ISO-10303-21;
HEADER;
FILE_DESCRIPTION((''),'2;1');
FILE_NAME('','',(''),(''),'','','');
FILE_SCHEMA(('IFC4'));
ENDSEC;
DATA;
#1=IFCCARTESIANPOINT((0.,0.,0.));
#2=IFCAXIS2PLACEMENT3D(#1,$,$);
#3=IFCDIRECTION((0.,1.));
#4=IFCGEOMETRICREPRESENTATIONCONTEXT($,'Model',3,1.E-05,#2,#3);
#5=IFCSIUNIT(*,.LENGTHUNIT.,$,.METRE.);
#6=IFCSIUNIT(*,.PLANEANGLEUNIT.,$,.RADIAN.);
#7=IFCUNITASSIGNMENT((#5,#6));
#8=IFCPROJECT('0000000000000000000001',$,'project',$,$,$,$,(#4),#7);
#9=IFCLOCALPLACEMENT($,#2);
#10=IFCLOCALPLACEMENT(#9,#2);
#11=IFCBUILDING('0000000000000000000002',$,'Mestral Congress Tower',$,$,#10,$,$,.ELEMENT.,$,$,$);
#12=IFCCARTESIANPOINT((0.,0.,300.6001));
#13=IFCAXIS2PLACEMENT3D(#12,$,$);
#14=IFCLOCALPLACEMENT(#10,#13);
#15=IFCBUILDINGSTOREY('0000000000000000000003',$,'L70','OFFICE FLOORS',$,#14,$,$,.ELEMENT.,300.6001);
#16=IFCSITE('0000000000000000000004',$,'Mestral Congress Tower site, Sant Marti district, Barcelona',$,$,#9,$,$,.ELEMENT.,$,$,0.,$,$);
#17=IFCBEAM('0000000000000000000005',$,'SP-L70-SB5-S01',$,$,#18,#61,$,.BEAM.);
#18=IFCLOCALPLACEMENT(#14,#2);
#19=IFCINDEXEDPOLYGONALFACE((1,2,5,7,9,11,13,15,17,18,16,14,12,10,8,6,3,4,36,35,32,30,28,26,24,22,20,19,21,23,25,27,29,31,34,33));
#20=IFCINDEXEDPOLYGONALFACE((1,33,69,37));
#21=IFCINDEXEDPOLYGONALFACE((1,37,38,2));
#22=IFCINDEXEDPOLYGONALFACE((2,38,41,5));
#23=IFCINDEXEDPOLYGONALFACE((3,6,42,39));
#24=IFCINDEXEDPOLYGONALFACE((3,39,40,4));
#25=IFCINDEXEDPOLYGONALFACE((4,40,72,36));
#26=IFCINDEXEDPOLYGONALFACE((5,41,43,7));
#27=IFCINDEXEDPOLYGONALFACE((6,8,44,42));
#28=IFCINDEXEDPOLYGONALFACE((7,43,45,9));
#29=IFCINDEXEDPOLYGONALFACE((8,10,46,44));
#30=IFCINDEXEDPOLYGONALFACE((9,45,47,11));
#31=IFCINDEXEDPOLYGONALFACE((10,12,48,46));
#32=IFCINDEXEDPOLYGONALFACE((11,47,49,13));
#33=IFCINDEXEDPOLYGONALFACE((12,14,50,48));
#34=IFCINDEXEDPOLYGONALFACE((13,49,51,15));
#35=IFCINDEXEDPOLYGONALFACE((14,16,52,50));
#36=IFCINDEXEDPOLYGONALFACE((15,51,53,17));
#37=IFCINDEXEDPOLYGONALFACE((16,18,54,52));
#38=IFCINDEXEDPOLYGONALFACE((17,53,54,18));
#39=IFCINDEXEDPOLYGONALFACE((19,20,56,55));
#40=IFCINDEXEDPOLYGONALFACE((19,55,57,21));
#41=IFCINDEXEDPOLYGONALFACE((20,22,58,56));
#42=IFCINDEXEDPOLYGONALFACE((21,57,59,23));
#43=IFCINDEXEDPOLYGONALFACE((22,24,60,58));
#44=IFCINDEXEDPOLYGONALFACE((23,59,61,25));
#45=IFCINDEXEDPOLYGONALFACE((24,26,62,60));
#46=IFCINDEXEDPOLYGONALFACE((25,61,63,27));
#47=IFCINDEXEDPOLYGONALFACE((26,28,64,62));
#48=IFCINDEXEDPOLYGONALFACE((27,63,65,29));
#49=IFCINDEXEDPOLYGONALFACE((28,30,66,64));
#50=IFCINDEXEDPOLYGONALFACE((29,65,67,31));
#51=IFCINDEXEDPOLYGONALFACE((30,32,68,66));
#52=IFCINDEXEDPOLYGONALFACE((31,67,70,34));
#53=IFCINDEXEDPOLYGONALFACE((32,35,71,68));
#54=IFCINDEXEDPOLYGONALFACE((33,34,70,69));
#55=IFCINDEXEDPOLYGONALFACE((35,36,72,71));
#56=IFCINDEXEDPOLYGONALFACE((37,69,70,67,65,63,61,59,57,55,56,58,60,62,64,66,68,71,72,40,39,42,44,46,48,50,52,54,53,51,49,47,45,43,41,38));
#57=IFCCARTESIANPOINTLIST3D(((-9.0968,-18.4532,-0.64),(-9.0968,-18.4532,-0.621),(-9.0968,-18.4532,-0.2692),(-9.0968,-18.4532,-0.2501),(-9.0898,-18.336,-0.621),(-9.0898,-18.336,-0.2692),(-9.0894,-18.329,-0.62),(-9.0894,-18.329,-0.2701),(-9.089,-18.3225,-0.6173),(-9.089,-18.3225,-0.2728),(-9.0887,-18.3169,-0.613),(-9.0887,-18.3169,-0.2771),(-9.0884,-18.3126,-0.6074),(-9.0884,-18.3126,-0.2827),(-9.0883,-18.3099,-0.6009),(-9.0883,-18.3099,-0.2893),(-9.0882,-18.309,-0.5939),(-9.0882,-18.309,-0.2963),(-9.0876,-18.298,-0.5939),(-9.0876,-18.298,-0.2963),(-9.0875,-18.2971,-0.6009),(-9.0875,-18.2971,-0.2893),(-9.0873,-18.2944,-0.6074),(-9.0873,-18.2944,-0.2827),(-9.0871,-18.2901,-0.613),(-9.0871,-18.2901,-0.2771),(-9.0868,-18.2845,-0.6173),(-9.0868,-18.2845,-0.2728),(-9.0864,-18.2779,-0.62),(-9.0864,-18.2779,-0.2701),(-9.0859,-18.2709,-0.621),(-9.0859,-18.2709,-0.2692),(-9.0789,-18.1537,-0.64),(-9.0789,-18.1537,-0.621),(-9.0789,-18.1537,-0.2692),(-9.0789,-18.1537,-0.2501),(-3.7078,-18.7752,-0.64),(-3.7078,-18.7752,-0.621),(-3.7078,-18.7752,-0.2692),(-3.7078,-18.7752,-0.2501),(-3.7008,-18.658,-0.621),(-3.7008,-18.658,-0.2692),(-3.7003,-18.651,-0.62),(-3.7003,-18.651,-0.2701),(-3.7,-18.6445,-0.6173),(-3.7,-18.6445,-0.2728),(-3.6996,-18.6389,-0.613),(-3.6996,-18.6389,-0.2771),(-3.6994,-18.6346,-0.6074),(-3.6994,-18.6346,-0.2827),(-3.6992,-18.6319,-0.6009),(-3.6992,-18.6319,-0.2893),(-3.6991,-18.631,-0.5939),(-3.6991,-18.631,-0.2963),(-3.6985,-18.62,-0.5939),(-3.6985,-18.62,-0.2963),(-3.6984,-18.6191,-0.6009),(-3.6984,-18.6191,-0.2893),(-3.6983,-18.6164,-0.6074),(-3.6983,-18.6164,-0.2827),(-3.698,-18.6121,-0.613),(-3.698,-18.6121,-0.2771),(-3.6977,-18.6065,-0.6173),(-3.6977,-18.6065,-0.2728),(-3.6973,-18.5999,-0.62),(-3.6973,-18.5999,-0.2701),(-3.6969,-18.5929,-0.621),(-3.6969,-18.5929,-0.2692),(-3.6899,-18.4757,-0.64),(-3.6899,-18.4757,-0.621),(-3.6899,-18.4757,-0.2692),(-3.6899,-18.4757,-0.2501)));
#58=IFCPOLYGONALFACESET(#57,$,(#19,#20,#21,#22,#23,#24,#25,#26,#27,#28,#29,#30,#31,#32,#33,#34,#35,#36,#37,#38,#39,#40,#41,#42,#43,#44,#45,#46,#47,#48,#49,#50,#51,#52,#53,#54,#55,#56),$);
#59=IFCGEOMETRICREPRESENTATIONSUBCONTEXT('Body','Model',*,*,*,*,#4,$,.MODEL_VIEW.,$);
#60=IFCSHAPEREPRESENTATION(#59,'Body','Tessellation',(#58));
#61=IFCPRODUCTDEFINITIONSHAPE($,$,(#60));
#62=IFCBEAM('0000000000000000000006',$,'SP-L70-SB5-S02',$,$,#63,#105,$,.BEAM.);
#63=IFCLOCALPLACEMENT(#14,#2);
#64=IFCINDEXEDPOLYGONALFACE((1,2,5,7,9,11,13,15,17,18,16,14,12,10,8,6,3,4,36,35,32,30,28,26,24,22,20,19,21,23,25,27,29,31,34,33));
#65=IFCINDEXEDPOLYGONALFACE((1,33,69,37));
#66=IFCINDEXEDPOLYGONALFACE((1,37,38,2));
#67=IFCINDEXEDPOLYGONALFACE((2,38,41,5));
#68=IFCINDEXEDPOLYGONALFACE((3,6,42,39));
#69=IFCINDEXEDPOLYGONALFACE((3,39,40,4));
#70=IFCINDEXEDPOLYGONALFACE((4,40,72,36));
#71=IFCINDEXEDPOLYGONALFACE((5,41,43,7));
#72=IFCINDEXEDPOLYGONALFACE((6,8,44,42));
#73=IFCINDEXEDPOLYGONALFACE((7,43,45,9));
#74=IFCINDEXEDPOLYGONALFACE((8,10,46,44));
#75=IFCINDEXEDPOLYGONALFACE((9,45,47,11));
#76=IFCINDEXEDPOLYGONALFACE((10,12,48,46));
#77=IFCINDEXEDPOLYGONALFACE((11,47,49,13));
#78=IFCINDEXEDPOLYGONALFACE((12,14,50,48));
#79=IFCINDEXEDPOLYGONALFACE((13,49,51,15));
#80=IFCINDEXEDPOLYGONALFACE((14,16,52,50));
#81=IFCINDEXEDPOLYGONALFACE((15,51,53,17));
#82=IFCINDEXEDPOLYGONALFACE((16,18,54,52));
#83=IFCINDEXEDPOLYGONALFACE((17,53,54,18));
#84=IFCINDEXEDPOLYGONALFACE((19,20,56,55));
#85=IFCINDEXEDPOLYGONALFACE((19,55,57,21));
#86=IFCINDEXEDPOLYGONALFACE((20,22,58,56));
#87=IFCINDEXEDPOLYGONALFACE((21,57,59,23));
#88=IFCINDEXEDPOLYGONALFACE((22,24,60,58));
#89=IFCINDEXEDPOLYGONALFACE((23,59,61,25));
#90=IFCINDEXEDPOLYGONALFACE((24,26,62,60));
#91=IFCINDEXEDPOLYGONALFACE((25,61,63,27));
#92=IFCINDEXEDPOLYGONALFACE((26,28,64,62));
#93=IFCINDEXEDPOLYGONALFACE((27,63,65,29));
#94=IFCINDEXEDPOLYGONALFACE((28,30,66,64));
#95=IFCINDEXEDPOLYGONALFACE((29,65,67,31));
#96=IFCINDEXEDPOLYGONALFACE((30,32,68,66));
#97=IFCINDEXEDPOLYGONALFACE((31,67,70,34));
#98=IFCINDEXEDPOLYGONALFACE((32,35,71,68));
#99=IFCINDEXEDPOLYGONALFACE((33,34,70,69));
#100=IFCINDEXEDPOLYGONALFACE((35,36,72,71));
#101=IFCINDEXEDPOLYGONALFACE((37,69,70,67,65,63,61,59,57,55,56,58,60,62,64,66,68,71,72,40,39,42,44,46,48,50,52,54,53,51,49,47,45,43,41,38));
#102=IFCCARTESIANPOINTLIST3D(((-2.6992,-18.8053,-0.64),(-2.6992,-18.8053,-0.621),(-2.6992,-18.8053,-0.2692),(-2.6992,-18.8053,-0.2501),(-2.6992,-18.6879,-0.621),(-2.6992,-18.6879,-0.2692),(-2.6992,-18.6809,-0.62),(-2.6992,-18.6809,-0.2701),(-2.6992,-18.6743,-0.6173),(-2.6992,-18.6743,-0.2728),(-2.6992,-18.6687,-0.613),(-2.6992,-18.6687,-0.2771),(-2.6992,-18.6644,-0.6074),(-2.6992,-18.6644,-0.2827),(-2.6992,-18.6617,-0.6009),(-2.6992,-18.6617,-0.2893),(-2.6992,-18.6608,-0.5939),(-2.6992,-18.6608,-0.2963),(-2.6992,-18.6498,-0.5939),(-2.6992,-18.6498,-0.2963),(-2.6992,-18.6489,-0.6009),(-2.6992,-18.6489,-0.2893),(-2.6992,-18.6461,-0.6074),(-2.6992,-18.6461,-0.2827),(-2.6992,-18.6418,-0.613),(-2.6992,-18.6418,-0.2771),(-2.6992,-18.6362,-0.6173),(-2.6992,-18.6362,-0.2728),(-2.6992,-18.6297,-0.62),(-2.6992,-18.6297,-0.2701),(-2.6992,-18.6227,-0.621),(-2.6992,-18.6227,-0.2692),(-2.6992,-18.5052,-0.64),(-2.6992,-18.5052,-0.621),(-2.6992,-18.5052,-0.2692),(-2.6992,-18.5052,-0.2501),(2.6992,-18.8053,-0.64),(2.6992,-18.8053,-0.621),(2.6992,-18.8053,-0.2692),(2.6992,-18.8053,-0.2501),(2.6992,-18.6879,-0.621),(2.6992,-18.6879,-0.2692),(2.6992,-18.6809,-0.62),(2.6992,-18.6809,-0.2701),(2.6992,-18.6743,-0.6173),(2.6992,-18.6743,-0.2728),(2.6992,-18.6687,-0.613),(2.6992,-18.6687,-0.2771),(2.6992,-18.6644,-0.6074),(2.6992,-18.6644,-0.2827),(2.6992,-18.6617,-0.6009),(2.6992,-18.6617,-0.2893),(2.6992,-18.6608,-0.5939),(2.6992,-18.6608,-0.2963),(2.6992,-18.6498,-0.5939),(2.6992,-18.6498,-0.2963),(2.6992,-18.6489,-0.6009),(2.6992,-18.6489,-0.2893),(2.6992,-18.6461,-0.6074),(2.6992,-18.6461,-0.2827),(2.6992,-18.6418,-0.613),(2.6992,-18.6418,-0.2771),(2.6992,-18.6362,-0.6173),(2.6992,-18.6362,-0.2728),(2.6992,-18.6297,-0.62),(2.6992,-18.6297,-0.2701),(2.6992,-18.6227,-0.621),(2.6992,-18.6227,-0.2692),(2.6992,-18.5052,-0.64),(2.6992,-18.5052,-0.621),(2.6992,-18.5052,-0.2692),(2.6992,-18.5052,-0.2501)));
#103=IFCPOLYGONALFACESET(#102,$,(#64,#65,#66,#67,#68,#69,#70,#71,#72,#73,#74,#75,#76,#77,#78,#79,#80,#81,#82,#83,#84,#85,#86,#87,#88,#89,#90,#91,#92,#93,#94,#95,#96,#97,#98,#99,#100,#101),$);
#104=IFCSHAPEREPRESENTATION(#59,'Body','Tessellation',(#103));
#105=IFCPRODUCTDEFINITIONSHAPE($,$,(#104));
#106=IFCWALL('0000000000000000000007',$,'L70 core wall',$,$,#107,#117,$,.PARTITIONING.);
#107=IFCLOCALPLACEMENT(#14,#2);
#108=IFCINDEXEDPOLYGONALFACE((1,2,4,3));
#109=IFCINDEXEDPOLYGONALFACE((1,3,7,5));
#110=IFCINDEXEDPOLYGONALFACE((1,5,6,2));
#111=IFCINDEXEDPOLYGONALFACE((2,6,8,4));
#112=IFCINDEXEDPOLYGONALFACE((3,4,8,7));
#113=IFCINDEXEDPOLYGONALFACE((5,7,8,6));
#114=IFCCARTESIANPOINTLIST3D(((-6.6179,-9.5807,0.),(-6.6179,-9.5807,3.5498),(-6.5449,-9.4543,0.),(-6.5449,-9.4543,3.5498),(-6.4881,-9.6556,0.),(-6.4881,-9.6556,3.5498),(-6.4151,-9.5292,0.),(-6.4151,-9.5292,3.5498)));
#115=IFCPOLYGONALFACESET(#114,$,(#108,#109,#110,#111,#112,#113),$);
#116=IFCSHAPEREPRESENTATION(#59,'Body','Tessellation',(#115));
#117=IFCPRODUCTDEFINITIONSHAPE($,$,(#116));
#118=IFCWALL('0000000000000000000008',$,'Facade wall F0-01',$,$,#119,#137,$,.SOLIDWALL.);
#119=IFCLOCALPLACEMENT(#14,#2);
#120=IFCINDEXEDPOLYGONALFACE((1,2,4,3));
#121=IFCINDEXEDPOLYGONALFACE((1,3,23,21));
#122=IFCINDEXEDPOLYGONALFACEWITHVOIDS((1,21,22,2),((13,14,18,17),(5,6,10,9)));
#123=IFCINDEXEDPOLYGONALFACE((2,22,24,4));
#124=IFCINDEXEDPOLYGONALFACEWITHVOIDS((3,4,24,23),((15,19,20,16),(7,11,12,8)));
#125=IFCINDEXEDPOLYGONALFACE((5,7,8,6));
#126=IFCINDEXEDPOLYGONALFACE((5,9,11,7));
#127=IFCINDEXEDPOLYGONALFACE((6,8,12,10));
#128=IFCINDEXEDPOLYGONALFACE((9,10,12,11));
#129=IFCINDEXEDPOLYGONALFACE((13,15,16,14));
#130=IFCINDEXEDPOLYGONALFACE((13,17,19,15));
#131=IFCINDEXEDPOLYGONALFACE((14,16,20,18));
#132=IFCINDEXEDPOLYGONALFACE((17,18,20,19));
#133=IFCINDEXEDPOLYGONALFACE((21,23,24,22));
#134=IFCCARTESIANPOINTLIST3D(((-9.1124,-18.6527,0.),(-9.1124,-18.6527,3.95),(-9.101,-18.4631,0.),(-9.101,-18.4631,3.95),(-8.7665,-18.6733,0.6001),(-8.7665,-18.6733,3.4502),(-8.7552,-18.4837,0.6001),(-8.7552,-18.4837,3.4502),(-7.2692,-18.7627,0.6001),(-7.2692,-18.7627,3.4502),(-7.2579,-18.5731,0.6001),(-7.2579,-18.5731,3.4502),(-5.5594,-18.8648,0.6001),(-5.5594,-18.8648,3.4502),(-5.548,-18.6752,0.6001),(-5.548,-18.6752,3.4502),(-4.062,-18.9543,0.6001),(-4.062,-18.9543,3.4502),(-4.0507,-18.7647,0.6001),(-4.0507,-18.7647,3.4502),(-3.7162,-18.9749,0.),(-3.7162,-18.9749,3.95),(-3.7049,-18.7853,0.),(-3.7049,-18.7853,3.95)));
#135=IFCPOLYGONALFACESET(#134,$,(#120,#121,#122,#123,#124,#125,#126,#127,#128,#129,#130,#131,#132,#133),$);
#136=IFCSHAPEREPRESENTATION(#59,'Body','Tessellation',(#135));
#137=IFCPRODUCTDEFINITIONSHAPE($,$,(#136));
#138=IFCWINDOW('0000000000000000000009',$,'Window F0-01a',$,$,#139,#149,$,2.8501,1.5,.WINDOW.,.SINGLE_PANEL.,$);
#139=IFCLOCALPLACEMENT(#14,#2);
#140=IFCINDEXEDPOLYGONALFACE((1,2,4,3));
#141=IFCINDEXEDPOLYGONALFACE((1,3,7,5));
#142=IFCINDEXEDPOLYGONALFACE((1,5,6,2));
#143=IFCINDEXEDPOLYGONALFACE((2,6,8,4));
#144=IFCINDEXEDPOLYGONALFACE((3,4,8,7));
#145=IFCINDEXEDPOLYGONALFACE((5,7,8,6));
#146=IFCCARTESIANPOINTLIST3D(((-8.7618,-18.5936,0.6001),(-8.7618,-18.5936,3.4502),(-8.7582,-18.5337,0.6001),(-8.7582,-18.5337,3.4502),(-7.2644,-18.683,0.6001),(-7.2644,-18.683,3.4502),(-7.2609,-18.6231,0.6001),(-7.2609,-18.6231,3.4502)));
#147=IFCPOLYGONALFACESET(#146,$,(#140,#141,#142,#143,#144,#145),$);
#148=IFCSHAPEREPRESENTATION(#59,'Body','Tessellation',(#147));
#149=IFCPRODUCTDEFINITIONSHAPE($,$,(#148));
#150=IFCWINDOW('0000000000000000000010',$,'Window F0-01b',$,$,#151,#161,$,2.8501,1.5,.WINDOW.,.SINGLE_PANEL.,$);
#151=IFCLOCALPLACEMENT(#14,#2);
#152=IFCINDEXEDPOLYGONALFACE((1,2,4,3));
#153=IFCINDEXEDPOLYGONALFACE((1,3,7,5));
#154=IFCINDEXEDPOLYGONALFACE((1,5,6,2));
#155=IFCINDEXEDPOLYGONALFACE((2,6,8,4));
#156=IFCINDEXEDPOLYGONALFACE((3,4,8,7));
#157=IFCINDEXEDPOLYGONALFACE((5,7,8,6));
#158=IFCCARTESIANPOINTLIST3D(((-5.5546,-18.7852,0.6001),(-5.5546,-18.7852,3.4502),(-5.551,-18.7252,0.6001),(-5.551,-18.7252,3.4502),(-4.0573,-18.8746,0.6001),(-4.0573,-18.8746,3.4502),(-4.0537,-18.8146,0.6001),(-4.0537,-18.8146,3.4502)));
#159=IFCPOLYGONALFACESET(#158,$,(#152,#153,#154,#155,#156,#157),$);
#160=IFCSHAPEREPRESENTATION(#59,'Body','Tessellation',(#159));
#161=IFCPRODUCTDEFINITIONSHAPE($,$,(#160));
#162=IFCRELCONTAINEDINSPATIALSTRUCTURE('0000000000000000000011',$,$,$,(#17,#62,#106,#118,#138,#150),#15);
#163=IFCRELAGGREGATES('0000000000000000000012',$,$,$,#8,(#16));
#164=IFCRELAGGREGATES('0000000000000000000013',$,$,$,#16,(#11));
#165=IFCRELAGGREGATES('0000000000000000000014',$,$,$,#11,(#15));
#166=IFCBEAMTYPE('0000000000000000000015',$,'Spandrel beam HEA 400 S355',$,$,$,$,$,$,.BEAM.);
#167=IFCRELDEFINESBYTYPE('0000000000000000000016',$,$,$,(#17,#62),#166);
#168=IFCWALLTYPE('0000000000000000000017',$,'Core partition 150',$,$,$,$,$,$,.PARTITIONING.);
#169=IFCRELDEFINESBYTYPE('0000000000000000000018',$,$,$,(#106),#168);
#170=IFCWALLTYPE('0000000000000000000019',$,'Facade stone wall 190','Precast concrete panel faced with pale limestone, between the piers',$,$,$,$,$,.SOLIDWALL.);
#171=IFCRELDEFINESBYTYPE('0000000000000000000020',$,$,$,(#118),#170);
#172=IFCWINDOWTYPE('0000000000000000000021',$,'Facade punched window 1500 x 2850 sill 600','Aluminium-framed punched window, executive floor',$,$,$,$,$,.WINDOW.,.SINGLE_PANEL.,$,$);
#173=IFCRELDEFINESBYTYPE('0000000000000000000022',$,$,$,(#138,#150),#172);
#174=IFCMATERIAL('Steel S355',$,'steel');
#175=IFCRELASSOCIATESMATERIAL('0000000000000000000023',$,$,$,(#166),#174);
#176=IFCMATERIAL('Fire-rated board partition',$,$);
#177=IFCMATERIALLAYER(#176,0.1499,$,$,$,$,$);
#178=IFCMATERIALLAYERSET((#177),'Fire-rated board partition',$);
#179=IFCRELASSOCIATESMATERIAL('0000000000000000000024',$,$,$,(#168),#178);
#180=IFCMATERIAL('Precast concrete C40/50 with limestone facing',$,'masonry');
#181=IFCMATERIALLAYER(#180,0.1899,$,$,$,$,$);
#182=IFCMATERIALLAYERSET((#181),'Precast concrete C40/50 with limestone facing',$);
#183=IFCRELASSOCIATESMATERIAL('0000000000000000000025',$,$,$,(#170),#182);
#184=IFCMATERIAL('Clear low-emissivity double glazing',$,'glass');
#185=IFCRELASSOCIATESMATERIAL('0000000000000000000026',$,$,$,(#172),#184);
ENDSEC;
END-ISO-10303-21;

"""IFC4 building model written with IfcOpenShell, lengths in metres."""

from ifc_helpers import new_model, si_unit, direction, frame, frame_2d, origin, origin_2d, place, context, subcontext, project, spatial, rectangle, i_section, extrude, material, layer, layer_set, material_profile, profile_set, type_object, element, fill, save


model = new_model("IFC4")

# Units and contexts
model_context = context("Model", 3, precision=1e-05, world=origin(), true_north=direction((0.0, 1.0)))
body_context = subcontext(model_context, "Body", "Model", "MODEL_VIEW")
ifc_project = project(units=[si_unit("LENGTHUNIT", "METRE"), si_unit("PLANEANGLEUNIT", "RADIAN")], contexts=[model_context])

# Site, building, storey
site_placement = place(None, origin())
site = spatial("IfcSite", under=ifc_project, at=site_placement, Name="Mestral Congress Tower site, Sant Marti district, Barcelona", CompositionType="ELEMENT", RefElevation=0.0)
building_placement = place(site_placement, origin())
building = spatial("IfcBuilding", under=site, at=building_placement, Name="Mestral Congress Tower", CompositionType="ELEMENT")
storey_placement = place(building_placement, frame((0.0, 0.0, 300.6001)))
storey = spatial("IfcBuildingStorey", under=building, at=storey_placement, Name="L70", Description="OFFICE FLOORS", CompositionType="ELEMENT", Elevation=300.6001)

# Beams
ifc_material_1 = material(Name="Steel S355", Category="steel")
ifc_material_profile_1 = material_profile(ifc_material_1, i_section(OverallWidth=0.3, OverallDepth=0.3899, WebThickness=0.011, FlangeThickness=0.019, FilletRadius=0.0271, at=origin_2d()), Name="HEA 400")
ifc_profile_set_1 = profile_set([ifc_material_profile_1], Name="Steel S355")
beam_type_1 = type_object("IfcBeamType", Name="Spandrel beam HEA 400 S355", PredefinedType="BEAM", material=ifc_profile_set_1)
beam_1_placement = place(storey_placement, frame((-9.0879, -18.3035, -0.4451), z_axis=(0.99822, -0.059647, 0.0), x_axis=(0.059647, 0.99822, 0.0)))
element("IfcBeam", 1, at=beam_1_placement, inside=storey, type_object=beam_type_1, Name="SP-L70-SB5-S01", PredefinedType="BEAM", context=body_context, shape_type="SweptSolid", body=[
    extrude(i_section(OverallWidth=0.3, OverallDepth=0.3899, WebThickness=0.011, FlangeThickness=0.019, FilletRadius=0.0271, at=origin_2d()), origin(), (0.0, 0.0, 1.0), 5.3987),
])
beam_2_placement = place(storey_placement, frame((-2.6992, -18.6553, -0.4451), z_axis=(1.0, 0.0, 0.0), x_axis=(0.0, 1.0, 0.0)))
element("IfcBeam", 2, at=beam_2_placement, inside=storey, type_object=beam_type_1, Name="SP-L70-SB5-S02", PredefinedType="BEAM", context=body_context, shape_type="SweptSolid", body=[
    extrude(i_section(OverallWidth=0.3, OverallDepth=0.3899, WebThickness=0.011, FlangeThickness=0.019, FilletRadius=0.0271, at=origin_2d()), origin(), (0.0, 0.0, 1.0), 5.3984),
])

# Wall
ifc_material_2 = material(Name="Fire-rated board partition")
ifc_layer_1 = layer(ifc_material_2, 0.1499)
ifc_layer_set_1 = layer_set([ifc_layer_1], Name="Fire-rated board partition")
wall_type_1 = type_object("IfcWallType", Name="Core partition 150", PredefinedType="PARTITIONING", material=ifc_layer_set_1)
wall_1_placement = place(storey_placement, frame((-6.553, -9.6182, 0.0), z_axis=(0.0, 0.0, 1.0), x_axis=(0.499915, 0.866074, 0.0)))
element("IfcWall", 3, at=wall_1_placement, inside=storey, type_object=wall_type_1, Name="L70 core wall", PredefinedType="PARTITIONING", context=body_context, shape_type="SweptSolid", body=[
    extrude(rectangle(XDim=0.146, YDim=0.1499, at=frame_2d((0.073, 0.0))), origin(), (0.0, 0.0, 1.0), 3.5498),
])

# Wall, openings, windows
ifc_material_3 = material(Name="Precast concrete C40/50 with limestone facing", Category="masonry")
ifc_layer_2 = layer(ifc_material_3, 0.1899)
ifc_layer_set_2 = layer_set([ifc_layer_2], Name="Precast concrete C40/50 with limestone facing")
wall_type_2 = type_object("IfcWallType", Name="Facade stone wall 190", Description="Precast concrete panel faced with pale limestone, between the piers", PredefinedType="SOLIDWALL", material=ifc_layer_set_2)
wall_2_placement = place(storey_placement, frame((-9.1067, -18.5579, 0.0), z_axis=(0.0, 0.0, 1.0), x_axis=(0.998221, -0.059614, 0.0)))
wall_2 = element("IfcWall", 4, at=wall_2_placement, inside=storey, type_object=wall_type_2, Name="Facade wall F0-01", PredefinedType="SOLIDWALL", context=body_context, shape_type="SweptSolid", body=[
    extrude(rectangle(XDim=5.4058, YDim=0.1899, at=frame_2d((2.7029, 0.0))), origin(), (0.0, 0.0, 1.0), 3.95),
])
opening_1_placement = place(wall_2_placement, frame((0.3464, 0.0, 0.6001)))
opening_1 = element("IfcOpeningElement", 5, at=opening_1_placement, cuts=wall_2, PredefinedType="OPENING", context=body_context, shape_type="SweptSolid", body=[
    extrude(rectangle(XDim=1.5, YDim=2.8501, at=frame_2d((0.75, 1.425))), frame((0.0, 0.105, 0.0), z_axis=(0.0, -1.0, 0.0), x_axis=(1.0, 0.0, 0.0)), (0.0, 0.0, 1.0), 0.21),
])
opening_2_placement = place(wall_2_placement, frame((3.5593, 0.0, 0.6001)))
opening_2 = element("IfcOpeningElement", 6, at=opening_2_placement, cuts=wall_2, PredefinedType="OPENING", context=body_context, shape_type="SweptSolid", body=[
    extrude(rectangle(XDim=1.5, YDim=2.8501, at=frame_2d((0.75, 1.425))), frame((0.0, 0.105, 0.0), z_axis=(0.0, -1.0, 0.0), x_axis=(1.0, 0.0, 0.0)), (0.0, 0.0, 1.0), 0.21),
])
ifc_material_4 = material(Name="Clear low-emissivity double glazing", Category="glass")
window_type = type_object("IfcWindowType", Name="Facade punched window 1500 x 2850 sill 600", Description="Aluminium-framed punched window, executive floor", PartitioningType="SINGLE_PANEL", PredefinedType="WINDOW", material=ifc_material_4)
window_1_placement = place(opening_1_placement, origin())
window_1 = element("IfcWindow", 7, at=window_1_placement, inside=storey, type_object=window_type, Name="Window F0-01a", OverallHeight=2.8501, OverallWidth=1.5, PartitioningType="SINGLE_PANEL", PredefinedType="WINDOW", context=body_context, shape_type="SweptSolid", body=[
    extrude(rectangle(XDim=1.5, YDim=2.8501, at=frame_2d((0.75, 1.425))), frame((0.0, 0.0449, 0.0), z_axis=(0.0, -1.0, 0.0), x_axis=(1.0, 0.0, 0.0)), (0.0, 0.0, 1.0), 0.0601),
])
fill(opening_1, window_1)
window_2_placement = place(opening_2_placement, origin())
window_2 = element("IfcWindow", 8, at=window_2_placement, inside=storey, type_object=window_type, Name="Window F0-01b", OverallHeight=2.8501, OverallWidth=1.5, PartitioningType="SINGLE_PANEL", PredefinedType="WINDOW", context=body_context, shape_type="SweptSolid", body=[
    extrude(rectangle(XDim=1.5, YDim=2.8501, at=frame_2d((0.75, 1.425))), frame((0.0, 0.0449, 0.0), z_axis=(0.0, -1.0, 0.0), x_axis=(1.0, 0.0, 0.0)), (0.0, 0.0, 1.0), 0.0601),
])
fill(opening_2, window_2)

save(model, "model.ifc")
